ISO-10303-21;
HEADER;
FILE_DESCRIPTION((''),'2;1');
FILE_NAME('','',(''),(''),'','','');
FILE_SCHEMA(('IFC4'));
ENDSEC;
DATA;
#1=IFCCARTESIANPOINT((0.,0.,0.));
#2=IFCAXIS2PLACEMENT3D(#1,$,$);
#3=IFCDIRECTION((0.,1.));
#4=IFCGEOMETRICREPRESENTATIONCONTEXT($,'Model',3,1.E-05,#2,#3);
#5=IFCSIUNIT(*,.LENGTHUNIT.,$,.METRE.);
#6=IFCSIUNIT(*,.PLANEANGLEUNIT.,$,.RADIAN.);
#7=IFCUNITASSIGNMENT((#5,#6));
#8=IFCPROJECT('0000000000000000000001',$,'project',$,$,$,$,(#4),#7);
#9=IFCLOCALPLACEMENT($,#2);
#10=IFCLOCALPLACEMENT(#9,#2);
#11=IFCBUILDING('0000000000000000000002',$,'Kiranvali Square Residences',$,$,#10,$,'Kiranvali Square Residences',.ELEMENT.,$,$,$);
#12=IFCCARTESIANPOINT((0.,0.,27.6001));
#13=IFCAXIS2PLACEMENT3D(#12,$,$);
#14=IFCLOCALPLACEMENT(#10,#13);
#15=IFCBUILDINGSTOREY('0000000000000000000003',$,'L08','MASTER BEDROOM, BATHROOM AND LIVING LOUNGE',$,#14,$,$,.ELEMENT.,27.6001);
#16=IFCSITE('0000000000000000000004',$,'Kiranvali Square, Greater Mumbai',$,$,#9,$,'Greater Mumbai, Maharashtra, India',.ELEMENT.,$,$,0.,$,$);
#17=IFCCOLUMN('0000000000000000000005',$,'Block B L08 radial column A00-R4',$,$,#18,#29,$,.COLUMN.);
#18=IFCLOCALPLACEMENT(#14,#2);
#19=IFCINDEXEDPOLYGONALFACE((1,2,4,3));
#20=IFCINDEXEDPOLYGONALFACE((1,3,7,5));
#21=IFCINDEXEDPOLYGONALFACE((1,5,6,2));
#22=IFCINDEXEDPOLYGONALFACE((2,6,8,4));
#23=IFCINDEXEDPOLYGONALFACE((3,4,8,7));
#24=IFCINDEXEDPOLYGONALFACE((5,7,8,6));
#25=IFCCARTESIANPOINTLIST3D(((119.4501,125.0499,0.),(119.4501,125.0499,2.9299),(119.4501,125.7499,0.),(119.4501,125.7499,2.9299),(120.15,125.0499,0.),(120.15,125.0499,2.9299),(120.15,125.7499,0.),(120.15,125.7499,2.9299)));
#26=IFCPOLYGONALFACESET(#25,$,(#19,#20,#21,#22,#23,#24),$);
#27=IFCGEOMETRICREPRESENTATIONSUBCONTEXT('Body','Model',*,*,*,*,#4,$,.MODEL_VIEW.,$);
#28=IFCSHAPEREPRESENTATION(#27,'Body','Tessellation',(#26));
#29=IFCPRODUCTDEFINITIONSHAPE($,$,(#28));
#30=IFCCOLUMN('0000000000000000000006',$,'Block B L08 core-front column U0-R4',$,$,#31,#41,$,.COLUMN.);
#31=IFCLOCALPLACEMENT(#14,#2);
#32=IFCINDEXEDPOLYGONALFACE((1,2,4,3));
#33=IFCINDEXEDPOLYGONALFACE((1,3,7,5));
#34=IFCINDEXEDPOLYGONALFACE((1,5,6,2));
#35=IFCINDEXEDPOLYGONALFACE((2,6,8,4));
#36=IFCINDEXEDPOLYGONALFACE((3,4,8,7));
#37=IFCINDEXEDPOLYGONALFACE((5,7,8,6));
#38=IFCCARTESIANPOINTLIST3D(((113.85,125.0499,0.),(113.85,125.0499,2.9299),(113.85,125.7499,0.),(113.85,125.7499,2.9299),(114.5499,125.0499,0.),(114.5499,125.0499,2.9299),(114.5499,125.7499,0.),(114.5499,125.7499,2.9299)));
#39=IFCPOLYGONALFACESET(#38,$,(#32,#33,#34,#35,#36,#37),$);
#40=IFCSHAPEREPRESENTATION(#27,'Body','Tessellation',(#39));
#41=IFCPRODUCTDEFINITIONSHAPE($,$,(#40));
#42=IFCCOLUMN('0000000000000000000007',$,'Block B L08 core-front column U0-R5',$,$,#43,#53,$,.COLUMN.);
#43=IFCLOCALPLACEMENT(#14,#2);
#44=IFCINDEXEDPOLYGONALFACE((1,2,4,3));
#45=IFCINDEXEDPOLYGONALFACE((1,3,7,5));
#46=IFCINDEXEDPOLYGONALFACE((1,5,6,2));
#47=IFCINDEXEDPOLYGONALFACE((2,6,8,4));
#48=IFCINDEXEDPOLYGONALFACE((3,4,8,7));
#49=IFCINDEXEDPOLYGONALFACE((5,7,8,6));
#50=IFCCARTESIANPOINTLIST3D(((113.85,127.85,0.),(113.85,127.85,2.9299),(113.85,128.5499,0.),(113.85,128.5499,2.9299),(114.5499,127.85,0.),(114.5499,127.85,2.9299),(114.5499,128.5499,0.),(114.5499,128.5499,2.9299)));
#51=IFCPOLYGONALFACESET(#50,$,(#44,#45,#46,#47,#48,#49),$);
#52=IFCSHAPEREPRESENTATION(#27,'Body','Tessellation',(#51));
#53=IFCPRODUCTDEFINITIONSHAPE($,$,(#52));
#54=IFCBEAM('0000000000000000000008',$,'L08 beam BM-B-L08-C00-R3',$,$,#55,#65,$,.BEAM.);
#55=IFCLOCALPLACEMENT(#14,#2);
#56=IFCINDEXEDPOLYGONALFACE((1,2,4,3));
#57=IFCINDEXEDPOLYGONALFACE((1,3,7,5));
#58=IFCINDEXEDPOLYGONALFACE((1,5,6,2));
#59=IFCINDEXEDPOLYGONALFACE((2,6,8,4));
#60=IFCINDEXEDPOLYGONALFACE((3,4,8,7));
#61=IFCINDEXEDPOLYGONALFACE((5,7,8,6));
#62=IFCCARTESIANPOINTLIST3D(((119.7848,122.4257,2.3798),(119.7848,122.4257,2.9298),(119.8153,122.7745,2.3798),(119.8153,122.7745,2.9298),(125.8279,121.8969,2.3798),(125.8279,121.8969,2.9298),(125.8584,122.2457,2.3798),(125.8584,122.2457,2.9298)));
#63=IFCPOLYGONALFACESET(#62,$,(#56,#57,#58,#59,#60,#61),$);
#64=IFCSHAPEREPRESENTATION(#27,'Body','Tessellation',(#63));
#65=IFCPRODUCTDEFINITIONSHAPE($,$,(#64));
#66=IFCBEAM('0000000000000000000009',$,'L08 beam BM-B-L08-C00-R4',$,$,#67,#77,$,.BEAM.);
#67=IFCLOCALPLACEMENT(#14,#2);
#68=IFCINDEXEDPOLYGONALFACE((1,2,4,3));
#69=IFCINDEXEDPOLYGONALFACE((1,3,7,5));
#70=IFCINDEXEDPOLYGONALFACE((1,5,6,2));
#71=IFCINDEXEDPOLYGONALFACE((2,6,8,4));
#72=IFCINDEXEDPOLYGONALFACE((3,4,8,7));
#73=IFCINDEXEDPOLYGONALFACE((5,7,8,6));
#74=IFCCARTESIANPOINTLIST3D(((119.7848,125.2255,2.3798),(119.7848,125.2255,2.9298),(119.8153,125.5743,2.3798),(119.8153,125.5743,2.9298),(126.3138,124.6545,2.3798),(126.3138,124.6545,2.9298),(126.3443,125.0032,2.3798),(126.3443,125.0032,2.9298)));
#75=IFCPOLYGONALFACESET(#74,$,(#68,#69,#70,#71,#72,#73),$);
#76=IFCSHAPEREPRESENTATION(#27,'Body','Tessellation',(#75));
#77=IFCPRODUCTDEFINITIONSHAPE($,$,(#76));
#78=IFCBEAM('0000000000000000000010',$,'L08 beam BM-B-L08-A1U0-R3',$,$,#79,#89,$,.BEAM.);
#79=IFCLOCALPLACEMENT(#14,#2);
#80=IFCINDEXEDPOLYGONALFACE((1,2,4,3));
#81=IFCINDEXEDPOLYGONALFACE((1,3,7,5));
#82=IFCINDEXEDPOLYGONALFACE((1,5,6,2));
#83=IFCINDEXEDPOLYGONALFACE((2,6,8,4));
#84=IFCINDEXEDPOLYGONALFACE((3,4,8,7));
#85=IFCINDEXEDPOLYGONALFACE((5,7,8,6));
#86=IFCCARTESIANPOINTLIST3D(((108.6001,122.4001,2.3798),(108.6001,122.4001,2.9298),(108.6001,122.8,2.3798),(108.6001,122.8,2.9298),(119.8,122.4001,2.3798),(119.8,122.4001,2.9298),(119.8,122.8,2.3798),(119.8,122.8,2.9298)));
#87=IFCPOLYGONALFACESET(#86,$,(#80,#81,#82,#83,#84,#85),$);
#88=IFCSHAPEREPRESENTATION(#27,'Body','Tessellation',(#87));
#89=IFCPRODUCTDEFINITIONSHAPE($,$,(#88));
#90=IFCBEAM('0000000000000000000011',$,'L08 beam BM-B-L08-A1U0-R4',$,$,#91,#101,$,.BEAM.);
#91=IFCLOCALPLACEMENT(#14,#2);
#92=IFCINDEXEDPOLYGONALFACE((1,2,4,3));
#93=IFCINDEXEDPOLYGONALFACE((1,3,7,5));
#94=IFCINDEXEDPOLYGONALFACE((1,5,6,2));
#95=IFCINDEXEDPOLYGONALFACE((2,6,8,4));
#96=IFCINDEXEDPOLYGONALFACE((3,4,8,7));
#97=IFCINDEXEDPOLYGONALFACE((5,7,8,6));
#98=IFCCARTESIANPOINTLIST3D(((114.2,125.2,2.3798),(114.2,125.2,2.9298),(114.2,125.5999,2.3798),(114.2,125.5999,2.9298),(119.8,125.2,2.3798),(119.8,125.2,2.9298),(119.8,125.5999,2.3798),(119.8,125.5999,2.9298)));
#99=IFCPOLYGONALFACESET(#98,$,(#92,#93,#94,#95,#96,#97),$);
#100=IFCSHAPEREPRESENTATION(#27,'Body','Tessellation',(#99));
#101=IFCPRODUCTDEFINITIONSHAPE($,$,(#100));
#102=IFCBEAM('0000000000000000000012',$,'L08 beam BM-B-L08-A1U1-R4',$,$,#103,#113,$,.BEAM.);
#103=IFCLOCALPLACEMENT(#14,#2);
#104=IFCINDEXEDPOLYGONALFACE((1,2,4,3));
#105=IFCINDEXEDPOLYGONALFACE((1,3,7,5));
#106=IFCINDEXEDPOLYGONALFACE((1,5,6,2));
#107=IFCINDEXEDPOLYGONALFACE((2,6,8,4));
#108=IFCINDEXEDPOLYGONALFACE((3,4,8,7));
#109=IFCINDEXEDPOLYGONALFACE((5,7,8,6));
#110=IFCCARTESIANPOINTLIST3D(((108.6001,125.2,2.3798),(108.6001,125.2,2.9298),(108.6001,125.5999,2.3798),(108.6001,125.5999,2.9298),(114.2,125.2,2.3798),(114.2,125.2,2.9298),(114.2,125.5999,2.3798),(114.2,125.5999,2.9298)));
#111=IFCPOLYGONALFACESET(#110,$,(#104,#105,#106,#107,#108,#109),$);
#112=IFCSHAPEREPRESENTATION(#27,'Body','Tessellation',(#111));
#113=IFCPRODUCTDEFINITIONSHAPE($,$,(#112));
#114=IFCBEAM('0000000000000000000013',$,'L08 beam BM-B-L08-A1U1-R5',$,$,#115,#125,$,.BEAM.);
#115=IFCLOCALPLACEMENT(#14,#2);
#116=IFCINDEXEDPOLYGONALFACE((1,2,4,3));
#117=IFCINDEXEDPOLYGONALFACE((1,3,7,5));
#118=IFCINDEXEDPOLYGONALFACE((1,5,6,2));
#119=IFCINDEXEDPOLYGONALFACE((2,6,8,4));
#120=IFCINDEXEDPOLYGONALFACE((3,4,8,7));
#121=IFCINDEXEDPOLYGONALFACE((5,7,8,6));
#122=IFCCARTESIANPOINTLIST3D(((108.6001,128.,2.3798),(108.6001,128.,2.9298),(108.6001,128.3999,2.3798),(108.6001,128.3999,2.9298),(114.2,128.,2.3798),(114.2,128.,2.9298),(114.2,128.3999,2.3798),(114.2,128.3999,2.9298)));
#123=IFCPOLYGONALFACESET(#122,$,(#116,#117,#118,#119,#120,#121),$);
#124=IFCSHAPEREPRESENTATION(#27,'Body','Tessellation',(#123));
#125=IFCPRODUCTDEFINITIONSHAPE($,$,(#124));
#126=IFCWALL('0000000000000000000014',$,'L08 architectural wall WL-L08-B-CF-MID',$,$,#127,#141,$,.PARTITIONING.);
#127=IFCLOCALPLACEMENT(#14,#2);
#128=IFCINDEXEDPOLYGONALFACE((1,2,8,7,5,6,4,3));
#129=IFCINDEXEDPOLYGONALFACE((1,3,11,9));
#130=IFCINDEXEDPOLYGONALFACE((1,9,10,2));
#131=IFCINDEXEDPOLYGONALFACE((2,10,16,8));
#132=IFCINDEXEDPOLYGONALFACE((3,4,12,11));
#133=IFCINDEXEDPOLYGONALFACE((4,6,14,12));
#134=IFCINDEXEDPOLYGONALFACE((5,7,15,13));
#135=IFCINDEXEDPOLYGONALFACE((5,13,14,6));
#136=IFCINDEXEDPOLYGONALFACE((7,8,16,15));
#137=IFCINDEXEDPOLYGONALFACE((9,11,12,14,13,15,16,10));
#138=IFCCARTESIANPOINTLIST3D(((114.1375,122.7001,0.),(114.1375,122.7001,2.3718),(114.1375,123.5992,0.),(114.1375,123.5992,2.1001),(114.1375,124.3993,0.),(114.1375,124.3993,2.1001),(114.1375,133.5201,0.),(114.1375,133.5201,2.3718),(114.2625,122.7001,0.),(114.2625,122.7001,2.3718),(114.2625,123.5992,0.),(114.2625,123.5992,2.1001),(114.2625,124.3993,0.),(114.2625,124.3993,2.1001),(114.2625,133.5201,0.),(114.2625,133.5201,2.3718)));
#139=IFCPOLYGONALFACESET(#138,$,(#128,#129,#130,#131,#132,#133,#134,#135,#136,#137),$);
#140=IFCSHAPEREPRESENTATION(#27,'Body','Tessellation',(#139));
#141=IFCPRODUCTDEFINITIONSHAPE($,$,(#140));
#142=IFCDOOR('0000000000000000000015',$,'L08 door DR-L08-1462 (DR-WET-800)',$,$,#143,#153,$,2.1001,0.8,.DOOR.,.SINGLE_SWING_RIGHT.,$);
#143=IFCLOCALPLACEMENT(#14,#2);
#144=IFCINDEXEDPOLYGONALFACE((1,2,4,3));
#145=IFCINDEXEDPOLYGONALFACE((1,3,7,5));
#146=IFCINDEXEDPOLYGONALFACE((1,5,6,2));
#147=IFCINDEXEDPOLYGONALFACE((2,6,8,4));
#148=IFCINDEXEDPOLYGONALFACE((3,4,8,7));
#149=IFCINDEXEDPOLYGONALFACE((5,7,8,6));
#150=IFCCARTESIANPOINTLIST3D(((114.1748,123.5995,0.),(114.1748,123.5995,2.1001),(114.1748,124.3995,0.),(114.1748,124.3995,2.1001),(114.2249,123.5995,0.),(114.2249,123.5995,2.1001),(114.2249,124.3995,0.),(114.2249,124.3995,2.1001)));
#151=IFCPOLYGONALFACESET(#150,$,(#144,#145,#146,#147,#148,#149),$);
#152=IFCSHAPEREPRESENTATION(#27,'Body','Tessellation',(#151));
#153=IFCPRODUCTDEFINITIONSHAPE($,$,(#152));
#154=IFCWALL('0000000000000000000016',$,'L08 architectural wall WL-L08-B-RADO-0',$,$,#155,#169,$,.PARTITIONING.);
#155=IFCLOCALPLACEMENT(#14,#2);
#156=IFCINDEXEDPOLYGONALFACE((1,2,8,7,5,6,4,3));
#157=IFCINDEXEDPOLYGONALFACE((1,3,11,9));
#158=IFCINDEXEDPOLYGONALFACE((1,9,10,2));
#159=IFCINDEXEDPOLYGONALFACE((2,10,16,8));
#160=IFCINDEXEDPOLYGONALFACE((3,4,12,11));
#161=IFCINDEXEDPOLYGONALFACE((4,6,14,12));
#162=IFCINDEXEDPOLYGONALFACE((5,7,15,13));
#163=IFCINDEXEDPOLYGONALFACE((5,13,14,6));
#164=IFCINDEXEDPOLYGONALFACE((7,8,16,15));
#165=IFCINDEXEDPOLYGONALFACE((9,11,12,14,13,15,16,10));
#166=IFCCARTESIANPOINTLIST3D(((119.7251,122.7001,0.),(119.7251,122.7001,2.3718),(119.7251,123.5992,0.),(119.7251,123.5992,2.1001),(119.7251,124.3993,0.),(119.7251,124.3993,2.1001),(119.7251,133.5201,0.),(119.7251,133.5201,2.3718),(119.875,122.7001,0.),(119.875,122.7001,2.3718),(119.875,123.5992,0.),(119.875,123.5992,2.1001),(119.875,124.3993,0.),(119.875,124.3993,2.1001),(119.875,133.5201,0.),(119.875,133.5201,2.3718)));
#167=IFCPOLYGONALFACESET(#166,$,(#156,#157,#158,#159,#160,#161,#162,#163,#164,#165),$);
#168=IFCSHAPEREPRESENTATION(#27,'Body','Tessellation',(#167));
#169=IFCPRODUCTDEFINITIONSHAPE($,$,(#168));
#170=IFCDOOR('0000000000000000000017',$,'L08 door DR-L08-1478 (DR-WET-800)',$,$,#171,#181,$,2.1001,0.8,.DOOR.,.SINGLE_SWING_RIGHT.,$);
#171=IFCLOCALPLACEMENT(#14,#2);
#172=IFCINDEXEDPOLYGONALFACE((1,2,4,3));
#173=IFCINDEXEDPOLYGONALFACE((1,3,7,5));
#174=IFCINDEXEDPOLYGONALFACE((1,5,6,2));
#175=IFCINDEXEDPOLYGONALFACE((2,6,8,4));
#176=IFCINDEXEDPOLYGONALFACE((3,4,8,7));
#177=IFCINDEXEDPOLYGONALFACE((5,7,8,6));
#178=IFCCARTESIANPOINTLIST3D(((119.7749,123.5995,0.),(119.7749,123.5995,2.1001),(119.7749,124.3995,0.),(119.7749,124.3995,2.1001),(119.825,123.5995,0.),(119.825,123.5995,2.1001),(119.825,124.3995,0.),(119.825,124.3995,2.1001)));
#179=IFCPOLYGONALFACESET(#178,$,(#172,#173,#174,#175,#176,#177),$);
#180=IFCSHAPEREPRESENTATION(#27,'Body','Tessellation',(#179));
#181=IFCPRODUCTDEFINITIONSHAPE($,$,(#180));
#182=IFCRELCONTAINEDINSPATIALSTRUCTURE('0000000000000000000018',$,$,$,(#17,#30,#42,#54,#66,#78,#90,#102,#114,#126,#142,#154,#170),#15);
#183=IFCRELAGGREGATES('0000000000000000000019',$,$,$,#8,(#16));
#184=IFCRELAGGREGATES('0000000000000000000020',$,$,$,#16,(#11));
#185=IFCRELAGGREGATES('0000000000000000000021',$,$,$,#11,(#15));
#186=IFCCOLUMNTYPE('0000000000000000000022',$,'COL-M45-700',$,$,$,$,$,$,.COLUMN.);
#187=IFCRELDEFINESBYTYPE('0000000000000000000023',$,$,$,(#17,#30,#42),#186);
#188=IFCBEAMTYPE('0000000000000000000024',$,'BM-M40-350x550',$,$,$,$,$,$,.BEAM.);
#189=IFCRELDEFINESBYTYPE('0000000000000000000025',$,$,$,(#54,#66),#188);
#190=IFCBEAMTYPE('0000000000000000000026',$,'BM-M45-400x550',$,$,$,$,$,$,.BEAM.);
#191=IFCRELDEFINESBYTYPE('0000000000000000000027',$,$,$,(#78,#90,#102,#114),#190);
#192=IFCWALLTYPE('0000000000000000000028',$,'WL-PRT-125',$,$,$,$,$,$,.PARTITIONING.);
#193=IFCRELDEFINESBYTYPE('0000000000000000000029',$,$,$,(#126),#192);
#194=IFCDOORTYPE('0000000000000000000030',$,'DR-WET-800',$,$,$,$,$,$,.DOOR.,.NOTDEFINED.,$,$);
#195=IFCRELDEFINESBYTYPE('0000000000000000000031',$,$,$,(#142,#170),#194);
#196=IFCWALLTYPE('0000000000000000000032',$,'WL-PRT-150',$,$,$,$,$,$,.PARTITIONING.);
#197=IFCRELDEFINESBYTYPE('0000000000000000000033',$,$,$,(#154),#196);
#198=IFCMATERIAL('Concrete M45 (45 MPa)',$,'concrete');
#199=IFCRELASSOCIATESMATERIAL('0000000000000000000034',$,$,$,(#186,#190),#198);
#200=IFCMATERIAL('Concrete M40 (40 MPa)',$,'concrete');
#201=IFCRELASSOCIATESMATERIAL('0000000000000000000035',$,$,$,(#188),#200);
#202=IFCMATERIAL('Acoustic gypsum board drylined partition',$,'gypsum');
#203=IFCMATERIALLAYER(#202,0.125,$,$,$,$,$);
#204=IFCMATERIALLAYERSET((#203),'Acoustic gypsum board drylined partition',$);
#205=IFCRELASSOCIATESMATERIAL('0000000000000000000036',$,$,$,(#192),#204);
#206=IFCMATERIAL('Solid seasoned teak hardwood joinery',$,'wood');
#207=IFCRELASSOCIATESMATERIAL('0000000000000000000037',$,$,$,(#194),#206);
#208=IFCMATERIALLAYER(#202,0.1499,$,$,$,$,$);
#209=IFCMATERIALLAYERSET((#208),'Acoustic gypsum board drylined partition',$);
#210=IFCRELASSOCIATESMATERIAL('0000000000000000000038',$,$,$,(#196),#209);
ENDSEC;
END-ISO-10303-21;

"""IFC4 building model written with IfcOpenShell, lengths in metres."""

from ifc_helpers import new_model, si_unit, direction, frame, frame_2d, origin, origin_2d, place, context, subcontext, project, spatial, rectangle, extrude, material, layer, layer_set, material_profile, profile_set, type_object, element, fill, save


model = new_model("IFC4")

# Units and contexts
model_context = context("Model", 3, precision=1e-05, world=origin(), true_north=direction((0.0, 1.0)))
body_context = subcontext(model_context, "Body", "Model", "MODEL_VIEW")
ifc_project = project(units=[si_unit("LENGTHUNIT", "METRE"), si_unit("PLANEANGLEUNIT", "RADIAN")], contexts=[model_context])

# Site, building, storey
site_placement = place(None, origin())
site = spatial("IfcSite", under=ifc_project, at=site_placement, Name="Kiranvali Square, Greater Mumbai", LongName="Greater Mumbai, Maharashtra, India", CompositionType="ELEMENT", RefElevation=0.0)
building_placement = place(site_placement, origin())
building = spatial("IfcBuilding", under=site, at=building_placement, Name="Kiranvali Square Residences", LongName="Kiranvali Square Residences", CompositionType="ELEMENT")
storey_placement = place(building_placement, frame((0.0, 0.0, 27.6001)))
storey = spatial("IfcBuildingStorey", under=building, at=storey_placement, Name="L08", Description="MASTER BEDROOM, BATHROOM AND LIVING LOUNGE", CompositionType="ELEMENT", Elevation=27.6001)

# Columns
ifc_material_1 = material(Name="Concrete M45 (45 MPa)", Category="concrete")
ifc_material_profile_1 = material_profile(ifc_material_1, rectangle(XDim=0.7, YDim=0.7, at=origin_2d()), Name="RC 700x700")
ifc_profile_set_1 = profile_set([ifc_material_profile_1], Name="Concrete M45 (45 MPa)")
column_type = type_object("IfcColumnType", Name="COL-M45-700", PredefinedType="COLUMN", material=ifc_profile_set_1)
for number, where, z_axis, x_axis, name in (
    (1, (119.8, 125.3999, 0.0), (0.0, 0.0, 1.0), (1.0, 0.0, 0.0), "Block B L08 radial column A00-R4"),
    (2, (114.2, 125.3999, 0.0), (0.0, 0.0, 1.0), (1.0, 0.0, 0.0), "Block B L08 core-front column U0-R4"),
    (3, (114.2, 128.2, 0.0), (0.0, 0.0, 1.0), (1.0, 0.0, 0.0), "Block B L08 core-front column U0-R5"),
):
    element("IfcColumn", number, at=place(storey_placement, frame(where, z_axis=z_axis, x_axis=x_axis)), inside=storey, type_object=column_type, Name=name, PredefinedType="COLUMN", context=body_context, shape_type="SweptSolid", body=[
        extrude(rectangle(XDim=0.7, YDim=0.7, at=origin_2d()), origin(), (0.0, 0.0, 1.0), 2.9299),
    ])

# Beams
ifc_material_2 = material(Name="Concrete M40 (40 MPa)", Category="concrete")
ifc_material_profile_2 = material_profile(ifc_material_2, rectangle(XDim=0.3501, YDim=0.55, at=origin_2d()), Name="RC 350x550")
ifc_profile_set_2 = profile_set([ifc_material_profile_2], Name="Concrete M40 (40 MPa)")
beam_type_1 = type_object("IfcBeamType", Name="BM-M40-350x550", PredefinedType="BEAM", material=ifc_profile_set_2)
beam_1_placement = place(storey_placement, frame((119.8, 122.6001, 2.6548), z_axis=(0.996193, -0.087175, 0.0), x_axis=(0.087175, 0.996193, 0.0)))
element("IfcBeam", 4, at=beam_1_placement, inside=storey, type_object=beam_type_1, Name="L08 beam BM-B-L08-C00-R3", PredefinedType="BEAM", context=body_context, shape_type="SweptSolid", body=[
    extrude(rectangle(XDim=0.3501, YDim=0.55, at=origin_2d()), origin(), (0.0, 0.0, 1.0), 6.0662),
])
beam_2_placement = place(storey_placement, frame((119.8, 125.3999, 2.6548), z_axis=(0.996197, -0.08713, 0.0), x_axis=(0.08713, 0.996197, 0.0)))
element("IfcBeam", 5, at=beam_2_placement, inside=storey, type_object=beam_type_1, Name="L08 beam BM-B-L08-C00-R4", PredefinedType="BEAM", context=body_context, shape_type="SweptSolid", body=[
    extrude(rectangle(XDim=0.3501, YDim=0.55, at=origin_2d()), origin(), (0.0, 0.0, 1.0), 6.554),
])
ifc_material_profile_3 = material_profile(ifc_material_1, rectangle(XDim=0.3999, YDim=0.55, at=origin_2d()), Name="RC 400x550")
ifc_profile_set_3 = profile_set([ifc_material_profile_3], Name="Concrete M45 (45 MPa)")
beam_type_2 = type_object("IfcBeamType", Name="BM-M45-400x550", PredefinedType="BEAM", material=ifc_profile_set_3)
beam_3_placement = place(storey_placement, frame((119.8, 122.6001, 2.6548), z_axis=(-1.0, 0.0, 0.0), x_axis=(0.0, -1.0, 0.0)))
element("IfcBeam", 6, at=beam_3_placement, inside=storey, type_object=beam_type_2, Name="L08 beam BM-B-L08-A1U0-R3", PredefinedType="BEAM", context=body_context, shape_type="SweptSolid", body=[
    extrude(rectangle(XDim=0.3999, YDim=0.55, at=origin_2d()), origin(), (0.0, 0.0, 1.0), 11.2),
])
beam_4_placement = place(storey_placement, frame((119.8, 125.3999, 2.6548), z_axis=(-1.0, 0.0, 0.0), x_axis=(0.0, -1.0, 0.0)))
element("IfcBeam", 7, at=beam_4_placement, inside=storey, type_object=beam_type_2, Name="L08 beam BM-B-L08-A1U0-R4", PredefinedType="BEAM", context=body_context, shape_type="SweptSolid", body=[
    extrude(rectangle(XDim=0.3999, YDim=0.55, at=origin_2d()), origin(), (0.0, 0.0, 1.0), 5.6001),
])
for number, where, z_axis, x_axis, name in (
    (8, (114.2, 125.3999, 2.6548), (-1.0, 0.0, 0.0), (0.0, -1.0, 0.0), "L08 beam BM-B-L08-A1U1-R4"),
    (9, (114.2, 128.2, 2.6548), (-1.0, 0.0, 0.0), (0.0, -1.0, 0.0), "L08 beam BM-B-L08-A1U1-R5"),
):
    element("IfcBeam", number, at=place(storey_placement, frame(where, z_axis=z_axis, x_axis=x_axis)), inside=storey, type_object=beam_type_2, Name=name, PredefinedType="BEAM", context=body_context, shape_type="SweptSolid", body=[
        extrude(rectangle(XDim=0.3999, YDim=0.55, at=origin_2d()), origin(), (0.0, 0.0, 1.0), 5.5999),
    ])

# Walls, openings, doors
ifc_material_3 = material(Name="Acoustic gypsum board drylined partition", Category="gypsum")
ifc_layer_1 = layer(ifc_material_3, 0.125)
ifc_layer_set_1 = layer_set([ifc_layer_1], Name="Acoustic gypsum board drylined partition")
wall_type_1 = type_object("IfcWallType", Name="WL-PRT-125", PredefinedType="PARTITIONING", material=ifc_layer_set_1)
wall_1_placement = place(storey_placement, frame((114.2, 122.7, 0.0), z_axis=(0.0, 0.0, 1.0), x_axis=(0.0, 1.0, 0.0)))
wall_1 = element("IfcWall", 10, at=wall_1_placement, inside=storey, type_object=wall_type_1, Name="L08 architectural wall WL-L08-B-CF-MID", PredefinedType="PARTITIONING", context=body_context, shape_type="SweptSolid", body=[
    extrude(rectangle(XDim=10.8201, YDim=0.125, at=frame_2d((5.4102, 0.0))), origin(), (0.0, 0.0, 1.0), 2.3718),
])
opening_1_placement = place(wall_1_placement, frame((0.8994, 0.0, 0.0)))
opening_1 = element("IfcOpeningElement", 11, at=opening_1_placement, cuts=wall_1, PredefinedType="OPENING", context=body_context, shape_type="SweptSolid", body=[
    extrude(rectangle(XDim=0.8, YDim=2.1001, at=frame_2d((0.3999, 1.05))), frame((0.0, 0.0725, 0.0), z_axis=(0.0, -1.0, 0.0), x_axis=(1.0, 0.0, 0.0)), (0.0, 0.0, 1.0), 0.145),
])
ifc_material_4 = material(Name="Solid seasoned teak hardwood joinery", Category="wood")
door_type_1 = type_object("IfcDoorType", Name="DR-WET-800", OperationType="NOTDEFINED", PredefinedType="DOOR", material=ifc_material_4)
door_1_placement = place(opening_1_placement, frame((0.8, 0.0, 0.0), z_axis=(0.0, 0.0, 1.0), x_axis=(-1.0, 0.0, 0.0)))
door_1 = element("IfcDoor", 12, at=door_1_placement, inside=storey, type_object=door_type_1, Name="L08 door DR-L08-1462 (DR-WET-800)", OperationType="SINGLE_SWING_RIGHT", OverallHeight=2.1001, OverallWidth=0.8, PredefinedType="DOOR", context=body_context, shape_type="SweptSolid", body=[
    extrude(rectangle(XDim=0.8, YDim=2.1001, at=frame_2d((0.3999, 1.05))), frame((0.0, 0.0249, 0.0), z_axis=(0.0, -1.0, 0.0), x_axis=(1.0, 0.0, 0.0)), (0.0, 0.0, 1.0), 0.05),
])
fill(opening_1, door_1)
ifc_layer_2 = layer(ifc_material_3, 0.1499)
ifc_layer_set_2 = layer_set([ifc_layer_2], Name="Acoustic gypsum board drylined partition")
wall_type_2 = type_object("IfcWallType", Name="WL-PRT-150", PredefinedType="PARTITIONING", material=ifc_layer_set_2)
wall_2_placement = place(storey_placement, frame((119.8, 122.7, 0.0), z_axis=(0.0, 0.0, 1.0), x_axis=(0.0, 1.0, 0.0)))
wall_2 = element("IfcWall", 13, at=wall_2_placement, inside=storey, type_object=wall_type_2, Name="L08 architectural wall WL-L08-B-RADO-0", PredefinedType="PARTITIONING", context=body_context, shape_type="SweptSolid", body=[
    extrude(rectangle(XDim=10.8201, YDim=0.1499, at=frame_2d((5.4102, 0.0))), origin(), (0.0, 0.0, 1.0), 2.3718),
])
opening_2_placement = place(wall_2_placement, frame((0.8994, 0.0, 0.0)))
opening_2 = element("IfcOpeningElement", 14, at=opening_2_placement, cuts=wall_2, PredefinedType="OPENING", context=body_context, shape_type="SweptSolid", body=[
    extrude(rectangle(XDim=0.8, YDim=2.1001, at=frame_2d((0.3999, 1.05))), frame((0.0, 0.085, 0.0), z_axis=(0.0, -1.0, 0.0), x_axis=(1.0, 0.0, 0.0)), (0.0, 0.0, 1.0), 0.1699),
])
door_2_placement = place(opening_2_placement, frame((0.8, 0.0, 0.0), z_axis=(0.0, 0.0, 1.0), x_axis=(-1.0, 0.0, 0.0)))
door_2 = element("IfcDoor", 15, at=door_2_placement, inside=storey, type_object=door_type_1, Name="L08 door DR-L08-1478 (DR-WET-800)", OperationType="SINGLE_SWING_RIGHT", OverallHeight=2.1001, OverallWidth=0.8, PredefinedType="DOOR", context=body_context, shape_type="SweptSolid", body=[
    extrude(rectangle(XDim=0.8, YDim=2.1001, at=frame_2d((0.3999, 1.05))), frame((0.0, 0.0249, 0.0), z_axis=(0.0, -1.0, 0.0), x_axis=(1.0, 0.0, 0.0)), (0.0, 0.0, 1.0), 0.05),
])
fill(opening_2, door_2)

save(model, "model.ifc")
